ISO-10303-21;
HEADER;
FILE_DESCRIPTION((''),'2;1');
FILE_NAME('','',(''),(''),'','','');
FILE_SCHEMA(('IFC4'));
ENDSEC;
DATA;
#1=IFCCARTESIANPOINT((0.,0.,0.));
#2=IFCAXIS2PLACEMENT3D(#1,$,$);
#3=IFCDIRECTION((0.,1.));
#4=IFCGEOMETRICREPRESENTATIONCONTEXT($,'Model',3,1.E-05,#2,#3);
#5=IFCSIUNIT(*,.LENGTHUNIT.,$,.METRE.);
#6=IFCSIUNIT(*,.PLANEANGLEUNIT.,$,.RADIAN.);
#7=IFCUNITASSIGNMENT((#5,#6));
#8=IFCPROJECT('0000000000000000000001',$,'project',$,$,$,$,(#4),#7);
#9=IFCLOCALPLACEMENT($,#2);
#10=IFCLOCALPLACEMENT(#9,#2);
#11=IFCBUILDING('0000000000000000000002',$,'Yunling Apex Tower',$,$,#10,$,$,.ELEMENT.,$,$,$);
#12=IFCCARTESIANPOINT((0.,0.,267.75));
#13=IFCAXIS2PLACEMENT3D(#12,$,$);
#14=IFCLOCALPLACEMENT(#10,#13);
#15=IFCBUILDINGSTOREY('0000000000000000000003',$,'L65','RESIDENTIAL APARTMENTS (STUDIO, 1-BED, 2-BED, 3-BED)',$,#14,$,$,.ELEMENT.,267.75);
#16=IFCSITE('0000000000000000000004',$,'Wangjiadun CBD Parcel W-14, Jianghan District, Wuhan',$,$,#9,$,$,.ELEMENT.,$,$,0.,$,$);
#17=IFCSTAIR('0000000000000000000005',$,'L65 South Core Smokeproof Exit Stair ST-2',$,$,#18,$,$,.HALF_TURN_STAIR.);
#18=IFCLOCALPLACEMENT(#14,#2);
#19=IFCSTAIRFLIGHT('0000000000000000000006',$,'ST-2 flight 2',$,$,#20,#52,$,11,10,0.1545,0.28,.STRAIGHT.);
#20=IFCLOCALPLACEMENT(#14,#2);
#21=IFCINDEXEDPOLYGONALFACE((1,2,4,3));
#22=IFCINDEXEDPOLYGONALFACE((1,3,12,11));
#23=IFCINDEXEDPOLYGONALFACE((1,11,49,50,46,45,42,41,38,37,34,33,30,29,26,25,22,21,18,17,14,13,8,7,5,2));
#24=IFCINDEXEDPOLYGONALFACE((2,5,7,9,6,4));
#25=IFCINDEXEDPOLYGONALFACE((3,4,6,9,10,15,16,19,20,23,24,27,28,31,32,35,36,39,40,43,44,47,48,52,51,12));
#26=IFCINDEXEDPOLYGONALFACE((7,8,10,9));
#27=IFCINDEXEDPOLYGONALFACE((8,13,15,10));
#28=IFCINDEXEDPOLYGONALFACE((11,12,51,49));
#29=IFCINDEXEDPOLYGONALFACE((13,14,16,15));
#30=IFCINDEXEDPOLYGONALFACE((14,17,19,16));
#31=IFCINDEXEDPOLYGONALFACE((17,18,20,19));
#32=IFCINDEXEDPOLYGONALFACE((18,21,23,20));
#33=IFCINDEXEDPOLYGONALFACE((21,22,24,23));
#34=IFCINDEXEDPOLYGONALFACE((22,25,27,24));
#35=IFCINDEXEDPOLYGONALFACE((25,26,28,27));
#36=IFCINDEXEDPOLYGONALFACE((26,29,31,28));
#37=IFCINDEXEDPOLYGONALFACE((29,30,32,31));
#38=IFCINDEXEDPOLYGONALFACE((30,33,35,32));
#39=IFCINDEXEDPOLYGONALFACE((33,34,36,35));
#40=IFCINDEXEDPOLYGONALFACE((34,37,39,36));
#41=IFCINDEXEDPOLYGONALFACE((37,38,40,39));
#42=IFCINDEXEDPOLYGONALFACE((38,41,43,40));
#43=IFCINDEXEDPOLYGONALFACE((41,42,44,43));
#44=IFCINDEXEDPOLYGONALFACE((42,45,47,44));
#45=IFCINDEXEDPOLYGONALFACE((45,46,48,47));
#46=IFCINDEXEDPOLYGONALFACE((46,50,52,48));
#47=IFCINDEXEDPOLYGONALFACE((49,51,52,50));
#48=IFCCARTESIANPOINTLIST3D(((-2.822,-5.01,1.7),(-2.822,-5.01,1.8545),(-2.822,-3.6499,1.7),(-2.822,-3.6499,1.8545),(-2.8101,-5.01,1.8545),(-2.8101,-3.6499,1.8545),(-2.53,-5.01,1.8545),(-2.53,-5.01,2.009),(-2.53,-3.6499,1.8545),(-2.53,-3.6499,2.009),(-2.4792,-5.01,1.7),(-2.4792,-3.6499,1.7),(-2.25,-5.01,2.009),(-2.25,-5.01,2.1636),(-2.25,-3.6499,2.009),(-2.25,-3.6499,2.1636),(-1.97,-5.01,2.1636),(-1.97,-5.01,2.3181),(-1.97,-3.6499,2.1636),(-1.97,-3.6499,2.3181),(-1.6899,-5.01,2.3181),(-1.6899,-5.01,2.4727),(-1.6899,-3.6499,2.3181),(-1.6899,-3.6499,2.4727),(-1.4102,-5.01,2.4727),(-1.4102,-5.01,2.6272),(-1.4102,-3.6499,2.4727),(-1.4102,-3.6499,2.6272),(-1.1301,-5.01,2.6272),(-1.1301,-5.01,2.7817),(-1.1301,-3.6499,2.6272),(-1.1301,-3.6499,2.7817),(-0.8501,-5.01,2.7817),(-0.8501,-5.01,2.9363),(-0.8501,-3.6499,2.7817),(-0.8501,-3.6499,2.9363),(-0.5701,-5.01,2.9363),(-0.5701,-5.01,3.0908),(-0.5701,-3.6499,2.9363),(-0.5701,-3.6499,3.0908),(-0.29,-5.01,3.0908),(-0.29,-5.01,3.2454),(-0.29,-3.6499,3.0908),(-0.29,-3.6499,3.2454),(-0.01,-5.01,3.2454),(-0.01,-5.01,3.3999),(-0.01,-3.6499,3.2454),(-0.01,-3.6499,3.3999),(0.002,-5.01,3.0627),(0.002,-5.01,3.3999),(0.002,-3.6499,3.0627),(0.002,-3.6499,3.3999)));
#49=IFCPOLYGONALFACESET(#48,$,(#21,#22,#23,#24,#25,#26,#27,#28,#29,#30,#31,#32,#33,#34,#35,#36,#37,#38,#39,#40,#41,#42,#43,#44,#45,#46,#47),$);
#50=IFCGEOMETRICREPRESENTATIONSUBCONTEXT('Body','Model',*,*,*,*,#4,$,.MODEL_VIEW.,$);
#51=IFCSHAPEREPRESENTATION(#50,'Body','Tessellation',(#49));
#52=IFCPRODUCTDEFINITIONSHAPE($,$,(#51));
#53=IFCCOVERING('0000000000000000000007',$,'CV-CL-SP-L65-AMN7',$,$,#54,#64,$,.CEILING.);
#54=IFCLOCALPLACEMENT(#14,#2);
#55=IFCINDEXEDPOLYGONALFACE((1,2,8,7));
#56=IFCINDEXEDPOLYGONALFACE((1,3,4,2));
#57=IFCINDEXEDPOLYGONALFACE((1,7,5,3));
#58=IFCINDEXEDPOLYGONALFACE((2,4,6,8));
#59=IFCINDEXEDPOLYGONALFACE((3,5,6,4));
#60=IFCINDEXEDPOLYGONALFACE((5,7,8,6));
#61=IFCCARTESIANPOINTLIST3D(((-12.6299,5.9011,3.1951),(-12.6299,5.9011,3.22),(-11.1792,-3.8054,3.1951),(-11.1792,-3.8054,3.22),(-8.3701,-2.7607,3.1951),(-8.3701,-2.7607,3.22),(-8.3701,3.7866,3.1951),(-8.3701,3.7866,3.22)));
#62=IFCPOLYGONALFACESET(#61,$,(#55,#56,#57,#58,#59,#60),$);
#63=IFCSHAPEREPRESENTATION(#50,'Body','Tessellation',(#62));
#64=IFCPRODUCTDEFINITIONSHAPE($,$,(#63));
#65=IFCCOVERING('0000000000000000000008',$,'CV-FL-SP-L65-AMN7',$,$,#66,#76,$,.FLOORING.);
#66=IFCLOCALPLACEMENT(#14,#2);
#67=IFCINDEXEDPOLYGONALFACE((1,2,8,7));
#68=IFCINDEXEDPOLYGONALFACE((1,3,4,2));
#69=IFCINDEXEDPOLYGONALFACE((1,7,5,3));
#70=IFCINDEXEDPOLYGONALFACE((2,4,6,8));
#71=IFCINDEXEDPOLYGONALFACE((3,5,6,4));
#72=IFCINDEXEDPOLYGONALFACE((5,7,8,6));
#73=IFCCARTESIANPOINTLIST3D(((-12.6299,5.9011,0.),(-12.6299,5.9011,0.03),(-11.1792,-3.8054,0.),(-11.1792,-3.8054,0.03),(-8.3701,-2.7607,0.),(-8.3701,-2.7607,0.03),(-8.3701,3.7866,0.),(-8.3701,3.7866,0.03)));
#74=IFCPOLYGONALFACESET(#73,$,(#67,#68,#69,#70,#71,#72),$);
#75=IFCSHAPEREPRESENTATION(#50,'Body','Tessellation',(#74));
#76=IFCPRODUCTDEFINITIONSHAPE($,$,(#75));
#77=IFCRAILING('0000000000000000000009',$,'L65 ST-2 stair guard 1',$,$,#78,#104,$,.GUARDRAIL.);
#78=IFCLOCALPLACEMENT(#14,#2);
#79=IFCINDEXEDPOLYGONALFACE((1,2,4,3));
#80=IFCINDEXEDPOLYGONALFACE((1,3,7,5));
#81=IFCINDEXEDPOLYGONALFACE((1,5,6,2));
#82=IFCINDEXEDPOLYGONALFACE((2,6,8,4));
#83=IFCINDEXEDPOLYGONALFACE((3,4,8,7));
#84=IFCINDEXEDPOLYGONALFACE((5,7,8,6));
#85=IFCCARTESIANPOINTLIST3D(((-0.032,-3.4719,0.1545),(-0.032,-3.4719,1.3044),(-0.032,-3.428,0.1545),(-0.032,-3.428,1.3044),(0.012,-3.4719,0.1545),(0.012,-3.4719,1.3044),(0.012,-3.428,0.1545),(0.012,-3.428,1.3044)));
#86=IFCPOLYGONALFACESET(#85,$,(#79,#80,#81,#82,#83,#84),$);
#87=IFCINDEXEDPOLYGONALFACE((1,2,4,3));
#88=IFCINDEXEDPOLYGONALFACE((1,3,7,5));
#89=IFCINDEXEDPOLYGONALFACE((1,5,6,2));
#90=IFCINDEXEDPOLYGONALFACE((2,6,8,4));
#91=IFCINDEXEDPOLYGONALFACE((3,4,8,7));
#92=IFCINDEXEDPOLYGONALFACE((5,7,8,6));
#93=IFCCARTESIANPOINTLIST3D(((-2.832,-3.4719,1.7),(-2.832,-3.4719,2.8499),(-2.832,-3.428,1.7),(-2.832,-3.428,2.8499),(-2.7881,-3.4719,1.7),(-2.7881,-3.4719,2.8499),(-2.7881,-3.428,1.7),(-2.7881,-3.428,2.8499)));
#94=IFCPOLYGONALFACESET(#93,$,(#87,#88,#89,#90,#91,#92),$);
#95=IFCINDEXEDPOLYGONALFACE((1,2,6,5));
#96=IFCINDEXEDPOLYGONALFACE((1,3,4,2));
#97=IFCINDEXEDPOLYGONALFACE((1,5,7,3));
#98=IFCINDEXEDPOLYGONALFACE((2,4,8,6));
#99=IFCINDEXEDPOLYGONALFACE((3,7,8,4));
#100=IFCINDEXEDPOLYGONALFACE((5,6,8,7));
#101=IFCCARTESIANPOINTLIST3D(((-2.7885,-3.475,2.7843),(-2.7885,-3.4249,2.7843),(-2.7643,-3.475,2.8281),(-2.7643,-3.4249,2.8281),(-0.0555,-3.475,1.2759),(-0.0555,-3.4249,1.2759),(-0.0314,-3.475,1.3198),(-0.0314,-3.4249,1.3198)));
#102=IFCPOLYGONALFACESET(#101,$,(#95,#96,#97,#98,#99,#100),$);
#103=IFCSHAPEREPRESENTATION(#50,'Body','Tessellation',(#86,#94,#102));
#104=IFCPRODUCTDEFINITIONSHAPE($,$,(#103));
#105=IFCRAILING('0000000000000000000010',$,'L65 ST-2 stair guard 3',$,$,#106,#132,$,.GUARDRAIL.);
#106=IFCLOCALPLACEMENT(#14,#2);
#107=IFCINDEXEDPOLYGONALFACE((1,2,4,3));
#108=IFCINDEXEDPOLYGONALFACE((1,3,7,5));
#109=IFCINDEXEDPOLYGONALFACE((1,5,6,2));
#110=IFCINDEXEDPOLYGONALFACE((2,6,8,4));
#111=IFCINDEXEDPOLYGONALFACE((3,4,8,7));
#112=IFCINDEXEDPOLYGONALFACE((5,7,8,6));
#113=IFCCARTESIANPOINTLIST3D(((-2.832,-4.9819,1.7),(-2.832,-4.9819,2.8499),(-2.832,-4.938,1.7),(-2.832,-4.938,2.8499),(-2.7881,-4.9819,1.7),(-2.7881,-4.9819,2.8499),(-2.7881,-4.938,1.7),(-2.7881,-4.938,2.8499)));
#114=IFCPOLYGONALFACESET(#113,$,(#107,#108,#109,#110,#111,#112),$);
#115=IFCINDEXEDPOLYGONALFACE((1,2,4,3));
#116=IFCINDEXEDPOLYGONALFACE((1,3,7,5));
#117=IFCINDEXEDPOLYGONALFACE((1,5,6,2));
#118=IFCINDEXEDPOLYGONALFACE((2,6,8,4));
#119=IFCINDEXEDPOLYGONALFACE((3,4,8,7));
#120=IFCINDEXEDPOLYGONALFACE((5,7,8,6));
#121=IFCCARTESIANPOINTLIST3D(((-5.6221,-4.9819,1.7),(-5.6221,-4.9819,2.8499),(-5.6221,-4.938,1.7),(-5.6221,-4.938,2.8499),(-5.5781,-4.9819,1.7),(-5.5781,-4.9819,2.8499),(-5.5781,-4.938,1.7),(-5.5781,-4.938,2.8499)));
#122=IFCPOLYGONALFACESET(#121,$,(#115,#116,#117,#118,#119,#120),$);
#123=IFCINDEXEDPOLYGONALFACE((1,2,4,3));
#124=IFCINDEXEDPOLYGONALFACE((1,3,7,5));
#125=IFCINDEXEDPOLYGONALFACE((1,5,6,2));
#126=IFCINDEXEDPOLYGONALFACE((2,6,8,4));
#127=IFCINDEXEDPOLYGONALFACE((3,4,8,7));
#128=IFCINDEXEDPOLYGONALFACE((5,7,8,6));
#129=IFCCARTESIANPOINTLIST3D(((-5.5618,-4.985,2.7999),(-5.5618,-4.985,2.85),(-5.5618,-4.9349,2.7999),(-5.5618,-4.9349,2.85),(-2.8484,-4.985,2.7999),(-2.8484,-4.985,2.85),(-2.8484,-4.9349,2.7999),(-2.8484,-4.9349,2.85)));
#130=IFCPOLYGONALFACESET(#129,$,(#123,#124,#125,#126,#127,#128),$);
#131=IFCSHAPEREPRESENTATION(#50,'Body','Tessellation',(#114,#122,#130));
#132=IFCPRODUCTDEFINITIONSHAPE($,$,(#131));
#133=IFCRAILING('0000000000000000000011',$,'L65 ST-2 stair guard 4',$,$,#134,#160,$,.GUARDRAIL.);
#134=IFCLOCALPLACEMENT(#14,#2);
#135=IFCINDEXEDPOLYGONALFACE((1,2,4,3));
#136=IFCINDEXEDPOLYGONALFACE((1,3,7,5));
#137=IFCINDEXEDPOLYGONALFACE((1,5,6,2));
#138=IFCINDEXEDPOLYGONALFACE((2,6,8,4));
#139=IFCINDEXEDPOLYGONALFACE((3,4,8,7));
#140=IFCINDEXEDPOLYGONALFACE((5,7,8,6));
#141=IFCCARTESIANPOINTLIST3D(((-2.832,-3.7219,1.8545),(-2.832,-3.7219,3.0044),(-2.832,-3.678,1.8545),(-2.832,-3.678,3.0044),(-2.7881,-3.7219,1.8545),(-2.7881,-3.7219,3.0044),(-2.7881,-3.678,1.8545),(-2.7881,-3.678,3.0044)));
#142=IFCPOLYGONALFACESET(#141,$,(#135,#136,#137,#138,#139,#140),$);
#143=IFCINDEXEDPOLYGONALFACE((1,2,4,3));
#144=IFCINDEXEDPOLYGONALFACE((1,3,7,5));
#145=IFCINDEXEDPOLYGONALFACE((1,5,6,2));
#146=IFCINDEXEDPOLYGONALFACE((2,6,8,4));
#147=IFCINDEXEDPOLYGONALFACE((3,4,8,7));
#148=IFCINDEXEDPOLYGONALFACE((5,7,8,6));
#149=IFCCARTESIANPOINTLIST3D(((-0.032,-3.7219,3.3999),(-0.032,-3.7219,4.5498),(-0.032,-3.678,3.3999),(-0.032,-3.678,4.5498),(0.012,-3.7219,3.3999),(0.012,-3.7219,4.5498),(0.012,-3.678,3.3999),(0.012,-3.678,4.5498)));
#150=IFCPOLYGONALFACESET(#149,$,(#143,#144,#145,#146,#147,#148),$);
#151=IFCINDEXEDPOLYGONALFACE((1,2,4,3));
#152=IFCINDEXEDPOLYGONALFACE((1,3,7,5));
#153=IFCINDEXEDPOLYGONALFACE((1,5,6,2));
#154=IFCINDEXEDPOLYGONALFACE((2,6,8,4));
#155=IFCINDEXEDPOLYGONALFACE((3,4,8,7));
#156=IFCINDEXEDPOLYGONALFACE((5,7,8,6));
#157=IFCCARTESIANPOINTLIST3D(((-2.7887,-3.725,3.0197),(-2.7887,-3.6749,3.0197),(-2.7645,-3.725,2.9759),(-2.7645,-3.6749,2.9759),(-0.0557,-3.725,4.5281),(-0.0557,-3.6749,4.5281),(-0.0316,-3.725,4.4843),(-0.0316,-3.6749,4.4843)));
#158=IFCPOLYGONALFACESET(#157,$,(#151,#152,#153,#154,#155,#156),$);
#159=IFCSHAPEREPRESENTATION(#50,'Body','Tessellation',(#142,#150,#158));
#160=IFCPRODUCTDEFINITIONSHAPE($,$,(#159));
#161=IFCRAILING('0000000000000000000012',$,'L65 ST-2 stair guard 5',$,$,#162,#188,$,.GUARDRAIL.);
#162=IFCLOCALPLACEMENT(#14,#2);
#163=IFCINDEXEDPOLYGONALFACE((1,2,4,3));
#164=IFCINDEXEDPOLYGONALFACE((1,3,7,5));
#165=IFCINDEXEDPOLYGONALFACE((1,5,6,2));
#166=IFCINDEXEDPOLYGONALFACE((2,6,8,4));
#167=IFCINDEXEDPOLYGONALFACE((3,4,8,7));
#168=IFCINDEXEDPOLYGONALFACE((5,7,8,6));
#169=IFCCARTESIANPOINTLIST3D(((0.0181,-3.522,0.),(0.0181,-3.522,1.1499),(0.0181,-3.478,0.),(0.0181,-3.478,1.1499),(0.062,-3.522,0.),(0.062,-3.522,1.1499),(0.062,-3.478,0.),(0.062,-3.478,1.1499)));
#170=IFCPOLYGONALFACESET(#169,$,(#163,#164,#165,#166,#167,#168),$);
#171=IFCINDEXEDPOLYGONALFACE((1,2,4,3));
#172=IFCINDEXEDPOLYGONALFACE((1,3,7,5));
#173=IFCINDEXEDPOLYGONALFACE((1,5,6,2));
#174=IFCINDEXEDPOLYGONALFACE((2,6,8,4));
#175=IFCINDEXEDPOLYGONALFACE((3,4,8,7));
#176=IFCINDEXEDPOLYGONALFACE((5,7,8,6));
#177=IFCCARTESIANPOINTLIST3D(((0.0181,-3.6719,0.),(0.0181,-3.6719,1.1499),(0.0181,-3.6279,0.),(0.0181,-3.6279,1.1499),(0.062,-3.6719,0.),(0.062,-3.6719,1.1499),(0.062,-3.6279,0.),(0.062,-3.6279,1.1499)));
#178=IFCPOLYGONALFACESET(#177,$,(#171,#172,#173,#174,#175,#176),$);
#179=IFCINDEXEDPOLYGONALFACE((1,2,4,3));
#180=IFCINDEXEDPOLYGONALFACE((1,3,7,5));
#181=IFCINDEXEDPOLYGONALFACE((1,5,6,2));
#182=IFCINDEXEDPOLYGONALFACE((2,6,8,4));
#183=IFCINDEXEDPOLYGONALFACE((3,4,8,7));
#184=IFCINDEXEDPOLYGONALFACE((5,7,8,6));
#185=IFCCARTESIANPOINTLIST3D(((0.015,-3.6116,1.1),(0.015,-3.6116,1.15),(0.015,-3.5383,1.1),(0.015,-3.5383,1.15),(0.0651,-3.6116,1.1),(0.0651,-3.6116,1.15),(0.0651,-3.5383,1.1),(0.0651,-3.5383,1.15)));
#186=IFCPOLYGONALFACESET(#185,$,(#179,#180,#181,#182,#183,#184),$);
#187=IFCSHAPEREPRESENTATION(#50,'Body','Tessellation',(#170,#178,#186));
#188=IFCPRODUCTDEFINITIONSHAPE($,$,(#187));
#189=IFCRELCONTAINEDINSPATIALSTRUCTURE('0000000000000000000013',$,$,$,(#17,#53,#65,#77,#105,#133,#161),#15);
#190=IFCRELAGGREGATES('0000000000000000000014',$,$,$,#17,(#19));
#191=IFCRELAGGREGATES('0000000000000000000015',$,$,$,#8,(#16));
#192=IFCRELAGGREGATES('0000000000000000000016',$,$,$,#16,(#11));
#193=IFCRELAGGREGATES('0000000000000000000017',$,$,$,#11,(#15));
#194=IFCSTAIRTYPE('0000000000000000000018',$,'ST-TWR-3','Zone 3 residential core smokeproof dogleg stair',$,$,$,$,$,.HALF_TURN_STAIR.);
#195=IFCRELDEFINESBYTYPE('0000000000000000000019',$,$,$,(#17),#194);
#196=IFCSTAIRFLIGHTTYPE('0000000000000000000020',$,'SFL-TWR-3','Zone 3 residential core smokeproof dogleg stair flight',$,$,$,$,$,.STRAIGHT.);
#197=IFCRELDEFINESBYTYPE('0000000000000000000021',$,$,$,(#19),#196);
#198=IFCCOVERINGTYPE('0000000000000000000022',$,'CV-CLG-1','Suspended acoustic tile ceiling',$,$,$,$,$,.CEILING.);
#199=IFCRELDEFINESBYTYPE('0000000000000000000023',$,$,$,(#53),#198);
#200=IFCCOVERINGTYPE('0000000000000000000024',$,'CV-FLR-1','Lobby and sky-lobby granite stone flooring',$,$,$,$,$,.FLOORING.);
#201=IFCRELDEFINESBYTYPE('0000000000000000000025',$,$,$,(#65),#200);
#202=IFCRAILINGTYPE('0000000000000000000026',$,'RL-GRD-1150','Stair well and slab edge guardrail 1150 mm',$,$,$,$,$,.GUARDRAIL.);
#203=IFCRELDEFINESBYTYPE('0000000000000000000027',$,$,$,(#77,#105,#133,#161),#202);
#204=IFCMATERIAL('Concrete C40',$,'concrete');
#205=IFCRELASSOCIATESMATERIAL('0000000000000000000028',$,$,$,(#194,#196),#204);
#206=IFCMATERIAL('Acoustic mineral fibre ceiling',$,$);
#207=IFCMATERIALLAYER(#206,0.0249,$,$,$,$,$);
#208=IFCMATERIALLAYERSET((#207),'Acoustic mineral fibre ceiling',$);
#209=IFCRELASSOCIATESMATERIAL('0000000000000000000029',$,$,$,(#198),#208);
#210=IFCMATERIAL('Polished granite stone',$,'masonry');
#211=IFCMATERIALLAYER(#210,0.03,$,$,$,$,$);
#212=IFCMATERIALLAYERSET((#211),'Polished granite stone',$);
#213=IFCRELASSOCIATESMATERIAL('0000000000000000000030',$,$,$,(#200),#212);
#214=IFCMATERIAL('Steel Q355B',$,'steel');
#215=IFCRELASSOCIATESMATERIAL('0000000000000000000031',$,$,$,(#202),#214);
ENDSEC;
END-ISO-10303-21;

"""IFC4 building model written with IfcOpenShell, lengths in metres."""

from ifc_helpers import new_model, si_unit, direction, frame, origin, origin_2d, place, context, subcontext, project, spatial, polyline, rectangle, outline, extrude, material, layer, layer_set, type_object, element, aggregate, save


model = new_model("IFC4")

# Units and contexts
model_context = context("Model", 3, precision=1e-05, world=origin(), true_north=direction((0.0, 1.0)))
body_context = subcontext(model_context, "Body", "Model", "MODEL_VIEW")
ifc_project = project(units=[si_unit("LENGTHUNIT", "METRE"), si_unit("PLANEANGLEUNIT", "RADIAN")], contexts=[model_context])

# Site, building, storey
site_placement = place(None, origin())
site = spatial("IfcSite", under=ifc_project, at=site_placement, Name="Wangjiadun CBD Parcel W-14, Jianghan District, Wuhan", CompositionType="ELEMENT", RefElevation=0.0)
building_placement = place(site_placement, origin())
building = spatial("IfcBuilding", under=site, at=building_placement, Name="Yunling Apex Tower", CompositionType="ELEMENT")
storey_placement = place(building_placement, frame((0.0, 0.0, 267.75)))
storey = spatial("IfcBuildingStorey", under=building, at=storey_placement, Name="L65", Description="RESIDENTIAL APARTMENTS (STUDIO, 1-BED, 2-BED, 3-BED)", CompositionType="ELEMENT", Elevation=267.75)

# Shared definitions
ifc_material_1 = material(Name="Steel Q355B", Category="steel")

# Shared definitions
ifc_material_2 = material(Name="Concrete C40", Category="concrete")

# Stair
stair_type = type_object("IfcStairType", Name="ST-TWR-3", Description="Zone 3 residential core smokeproof dogleg stair", PredefinedType="HALF_TURN_STAIR", material=ifc_material_2)
stair_1_placement = place(storey_placement, origin())
stair_1 = element("IfcStair", 1, at=stair_1_placement, inside=storey, type_object=stair_type, Name="L65 South Core Smokeproof Exit Stair ST-2", PredefinedType="HALF_TURN_STAIR")

# Stair flight
stair_flight_type = type_object("IfcStairFlightType", Name="SFL-TWR-3", Description="Zone 3 residential core smokeproof dogleg stair flight", PredefinedType="STRAIGHT", material=ifc_material_2)
stair_flight_1_placement = place(storey_placement, frame((-2.8101, -4.3301, 1.7), z_axis=(0.0, 0.0, 1.0), x_axis=(1.0, 0.0, 0.0)))
stair_flight_1 = element("IfcStairFlight", 2, at=stair_flight_1_placement, type_object=stair_flight_type, Name="ST-2 flight 2", NumberOfRisers=11, NumberOfTreads=10, PredefinedType="STRAIGHT", RiserHeight=0.1545, TreadLength=0.28, context=body_context, shape_type="SweptSolid", body=[
    extrude(outline(polyline([(-0.012, 0.0), (-0.012, 0.1545), (0.0, 0.1545), (0.28, 0.1545), (0.28, 0.3091), (0.5601, 0.3091), (0.5601, 0.4636), (0.8401, 0.4636), (0.8401, 0.6182), (1.1201, 0.6182), (1.1201, 0.7727), (1.3999, 0.7727), (1.3999, 0.9272), (1.6799, 0.9272), (1.6799, 1.0818), (1.96, 1.0818), (1.96, 1.2363), (2.24, 1.2363), (2.24, 1.3909), (2.52, 1.3909), (2.52, 1.5454), (2.8, 1.5454), (2.8, 1.7), (2.812, 1.7), (2.812, 1.3628), (0.3308, 0.0), (-0.012, 0.0)])), frame((0.0, 0.6802, 0.0), z_axis=(0.0, -1.0, 0.0), x_axis=(1.0, 0.0, 0.0)), (0.0, 0.0, 1.0), 1.3601),
])
aggregate(stair_1, [stair_flight_1])

# Coverings
ifc_material_3 = material(Name="Acoustic mineral fibre ceiling")
ifc_layer_1 = layer(ifc_material_3, 0.0249)
ifc_layer_set_1 = layer_set([ifc_layer_1], Name="Acoustic mineral fibre ceiling")
covering_type_1 = type_object("IfcCoveringType", Name="CV-CLG-1", Description="Suspended acoustic tile ceiling", PredefinedType="CEILING", material=ifc_layer_set_1)
covering_1_placement = place(storey_placement, frame((0.0, 0.0, 3.1951)))
element("IfcCovering", 3, at=covering_1_placement, inside=storey, type_object=covering_type_1, Name="CV-CL-SP-L65-AMN7", PredefinedType="CEILING", context=body_context, shape_type="SweptSolid", body=[
    extrude(outline(polyline([(-11.1792, -3.8054), (-12.6299, 5.9011), (-8.3701, 3.7866), (-8.3701, -2.7607), (-11.1792, -3.8054)])), origin(), (0.0, 0.0, 1.0), 0.0249),
])
ifc_material_4 = material(Name="Polished granite stone", Category="masonry")
ifc_layer_2 = layer(ifc_material_4, 0.03)
ifc_layer_set_2 = layer_set([ifc_layer_2], Name="Polished granite stone")
covering_type_2 = type_object("IfcCoveringType", Name="CV-FLR-1", Description="Lobby and sky-lobby granite stone flooring", PredefinedType="FLOORING", material=ifc_layer_set_2)
covering_2_placement = place(storey_placement, origin())
element("IfcCovering", 4, at=covering_2_placement, inside=storey, type_object=covering_type_2, Name="CV-FL-SP-L65-AMN7", PredefinedType="FLOORING", context=body_context, shape_type="SweptSolid", body=[
    extrude(outline(polyline([(-11.1792, -3.8054), (-12.6299, 5.9011), (-8.3701, 3.7866), (-8.3701, -2.7607), (-11.1792, -3.8054)])), origin(), (0.0, 0.0, 1.0), 0.03),
])

# Railings
railing_type_1 = type_object("IfcRailingType", Name="RL-GRD-1150", Description="Stair well and slab edge guardrail 1150 mm", PredefinedType="GUARDRAIL", material=ifc_material_1)
railing_1_placement = place(storey_placement, frame((-0.01, -3.45, 0.1545)))
element("IfcRailing", 5, at=railing_1_placement, inside=storey, type_object=railing_type_1, Name="L65 ST-2 stair guard 1", PredefinedType="GUARDRAIL", context=body_context, shape_type="SweptSolid", body=[
    extrude(rectangle(XDim=0.0439, YDim=0.0439, at=origin_2d()), origin(), (0.0, 0.0, 1.0), 1.1499),
    extrude(rectangle(XDim=0.0439, YDim=0.0439, at=origin_2d()), frame((-2.8, 0.0, 1.5454)), (0.0, 0.0, 1.0), 1.1499),
    extrude(rectangle(XDim=0.05, YDim=0.05, at=origin_2d()), frame((-0.0334, 0.0, 1.1433), z_axis=(-0.875504, 0.0, 0.483211), x_axis=(0.0, -1.0, 0.0)), (0.0, 0.0, 1.0), 3.1216),
])
railing_2_placement = place(storey_placement, frame((-2.8101, -4.96, 1.7)))
element("IfcRailing", 6, at=railing_2_placement, inside=storey, type_object=railing_type_1, Name="L65 ST-2 stair guard 3", PredefinedType="GUARDRAIL", context=body_context, shape_type="SweptSolid", body=[
    extrude(rectangle(XDim=0.0439, YDim=0.0439, at=origin_2d()), origin(), (0.0, 0.0, 1.0), 1.1499),
    extrude(rectangle(XDim=0.0439, YDim=0.0439, at=origin_2d()), frame((-2.79, 0.0, 0.0)), (0.0, 0.0, 1.0), 1.1499),
    extrude(rectangle(XDim=0.05, YDim=0.05, at=origin_2d()), frame((-0.0383, 0.0, 1.125), z_axis=(-1.0, 0.0, 0.0), x_axis=(0.0, -1.0, 0.0)), (0.0, 0.0, 1.0), 2.7134),
])
railing_3_placement = place(storey_placement, frame((-2.8101, -3.7, 1.8545)))
element("IfcRailing", 7, at=railing_3_placement, inside=storey, type_object=railing_type_1, Name="L65 ST-2 stair guard 4", PredefinedType="GUARDRAIL", context=body_context, shape_type="SweptSolid", body=[
    extrude(rectangle(XDim=0.0439, YDim=0.0439, at=origin_2d()), origin(), (0.0, 0.0, 1.0), 1.1499),
    extrude(rectangle(XDim=0.0439, YDim=0.0439, at=origin_2d()), frame((2.8, 0.0, 1.5454)), (0.0, 0.0, 1.0), 1.1499),
    extrude(rectangle(XDim=0.05, YDim=0.05, at=origin_2d()), frame((0.0334, 0.0, 1.1433), z_axis=(0.875504, 0.0, 0.483211), x_axis=(0.0, 1.0, 0.0)), (0.0, 0.0, 1.0), 3.1216),
])
railing_4_placement = place(storey_placement, frame((0.04, -3.5, 0.0)))
element("IfcRailing", 8, at=railing_4_placement, inside=storey, type_object=railing_type_1, Name="L65 ST-2 stair guard 5", PredefinedType="GUARDRAIL", context=body_context, shape_type="SweptSolid", body=[
    extrude(rectangle(XDim=0.0439, YDim=0.0439, at=origin_2d()), origin(), (0.0, 0.0, 1.0), 1.1499),
    extrude(rectangle(XDim=0.0439, YDim=0.0439, at=origin_2d()), frame((0.0, -0.1499, 0.0)), (0.0, 0.0, 1.0), 1.1499),
    extrude(rectangle(XDim=0.05, YDim=0.05, at=origin_2d()), frame((0.0, -0.0383, 1.125), z_axis=(0.0, -1.0, 0.0), x_axis=(1.0, 0.0, 0.0)), (0.0, 0.0, 1.0), 0.0732),
])

save(model, "model.ifc")
